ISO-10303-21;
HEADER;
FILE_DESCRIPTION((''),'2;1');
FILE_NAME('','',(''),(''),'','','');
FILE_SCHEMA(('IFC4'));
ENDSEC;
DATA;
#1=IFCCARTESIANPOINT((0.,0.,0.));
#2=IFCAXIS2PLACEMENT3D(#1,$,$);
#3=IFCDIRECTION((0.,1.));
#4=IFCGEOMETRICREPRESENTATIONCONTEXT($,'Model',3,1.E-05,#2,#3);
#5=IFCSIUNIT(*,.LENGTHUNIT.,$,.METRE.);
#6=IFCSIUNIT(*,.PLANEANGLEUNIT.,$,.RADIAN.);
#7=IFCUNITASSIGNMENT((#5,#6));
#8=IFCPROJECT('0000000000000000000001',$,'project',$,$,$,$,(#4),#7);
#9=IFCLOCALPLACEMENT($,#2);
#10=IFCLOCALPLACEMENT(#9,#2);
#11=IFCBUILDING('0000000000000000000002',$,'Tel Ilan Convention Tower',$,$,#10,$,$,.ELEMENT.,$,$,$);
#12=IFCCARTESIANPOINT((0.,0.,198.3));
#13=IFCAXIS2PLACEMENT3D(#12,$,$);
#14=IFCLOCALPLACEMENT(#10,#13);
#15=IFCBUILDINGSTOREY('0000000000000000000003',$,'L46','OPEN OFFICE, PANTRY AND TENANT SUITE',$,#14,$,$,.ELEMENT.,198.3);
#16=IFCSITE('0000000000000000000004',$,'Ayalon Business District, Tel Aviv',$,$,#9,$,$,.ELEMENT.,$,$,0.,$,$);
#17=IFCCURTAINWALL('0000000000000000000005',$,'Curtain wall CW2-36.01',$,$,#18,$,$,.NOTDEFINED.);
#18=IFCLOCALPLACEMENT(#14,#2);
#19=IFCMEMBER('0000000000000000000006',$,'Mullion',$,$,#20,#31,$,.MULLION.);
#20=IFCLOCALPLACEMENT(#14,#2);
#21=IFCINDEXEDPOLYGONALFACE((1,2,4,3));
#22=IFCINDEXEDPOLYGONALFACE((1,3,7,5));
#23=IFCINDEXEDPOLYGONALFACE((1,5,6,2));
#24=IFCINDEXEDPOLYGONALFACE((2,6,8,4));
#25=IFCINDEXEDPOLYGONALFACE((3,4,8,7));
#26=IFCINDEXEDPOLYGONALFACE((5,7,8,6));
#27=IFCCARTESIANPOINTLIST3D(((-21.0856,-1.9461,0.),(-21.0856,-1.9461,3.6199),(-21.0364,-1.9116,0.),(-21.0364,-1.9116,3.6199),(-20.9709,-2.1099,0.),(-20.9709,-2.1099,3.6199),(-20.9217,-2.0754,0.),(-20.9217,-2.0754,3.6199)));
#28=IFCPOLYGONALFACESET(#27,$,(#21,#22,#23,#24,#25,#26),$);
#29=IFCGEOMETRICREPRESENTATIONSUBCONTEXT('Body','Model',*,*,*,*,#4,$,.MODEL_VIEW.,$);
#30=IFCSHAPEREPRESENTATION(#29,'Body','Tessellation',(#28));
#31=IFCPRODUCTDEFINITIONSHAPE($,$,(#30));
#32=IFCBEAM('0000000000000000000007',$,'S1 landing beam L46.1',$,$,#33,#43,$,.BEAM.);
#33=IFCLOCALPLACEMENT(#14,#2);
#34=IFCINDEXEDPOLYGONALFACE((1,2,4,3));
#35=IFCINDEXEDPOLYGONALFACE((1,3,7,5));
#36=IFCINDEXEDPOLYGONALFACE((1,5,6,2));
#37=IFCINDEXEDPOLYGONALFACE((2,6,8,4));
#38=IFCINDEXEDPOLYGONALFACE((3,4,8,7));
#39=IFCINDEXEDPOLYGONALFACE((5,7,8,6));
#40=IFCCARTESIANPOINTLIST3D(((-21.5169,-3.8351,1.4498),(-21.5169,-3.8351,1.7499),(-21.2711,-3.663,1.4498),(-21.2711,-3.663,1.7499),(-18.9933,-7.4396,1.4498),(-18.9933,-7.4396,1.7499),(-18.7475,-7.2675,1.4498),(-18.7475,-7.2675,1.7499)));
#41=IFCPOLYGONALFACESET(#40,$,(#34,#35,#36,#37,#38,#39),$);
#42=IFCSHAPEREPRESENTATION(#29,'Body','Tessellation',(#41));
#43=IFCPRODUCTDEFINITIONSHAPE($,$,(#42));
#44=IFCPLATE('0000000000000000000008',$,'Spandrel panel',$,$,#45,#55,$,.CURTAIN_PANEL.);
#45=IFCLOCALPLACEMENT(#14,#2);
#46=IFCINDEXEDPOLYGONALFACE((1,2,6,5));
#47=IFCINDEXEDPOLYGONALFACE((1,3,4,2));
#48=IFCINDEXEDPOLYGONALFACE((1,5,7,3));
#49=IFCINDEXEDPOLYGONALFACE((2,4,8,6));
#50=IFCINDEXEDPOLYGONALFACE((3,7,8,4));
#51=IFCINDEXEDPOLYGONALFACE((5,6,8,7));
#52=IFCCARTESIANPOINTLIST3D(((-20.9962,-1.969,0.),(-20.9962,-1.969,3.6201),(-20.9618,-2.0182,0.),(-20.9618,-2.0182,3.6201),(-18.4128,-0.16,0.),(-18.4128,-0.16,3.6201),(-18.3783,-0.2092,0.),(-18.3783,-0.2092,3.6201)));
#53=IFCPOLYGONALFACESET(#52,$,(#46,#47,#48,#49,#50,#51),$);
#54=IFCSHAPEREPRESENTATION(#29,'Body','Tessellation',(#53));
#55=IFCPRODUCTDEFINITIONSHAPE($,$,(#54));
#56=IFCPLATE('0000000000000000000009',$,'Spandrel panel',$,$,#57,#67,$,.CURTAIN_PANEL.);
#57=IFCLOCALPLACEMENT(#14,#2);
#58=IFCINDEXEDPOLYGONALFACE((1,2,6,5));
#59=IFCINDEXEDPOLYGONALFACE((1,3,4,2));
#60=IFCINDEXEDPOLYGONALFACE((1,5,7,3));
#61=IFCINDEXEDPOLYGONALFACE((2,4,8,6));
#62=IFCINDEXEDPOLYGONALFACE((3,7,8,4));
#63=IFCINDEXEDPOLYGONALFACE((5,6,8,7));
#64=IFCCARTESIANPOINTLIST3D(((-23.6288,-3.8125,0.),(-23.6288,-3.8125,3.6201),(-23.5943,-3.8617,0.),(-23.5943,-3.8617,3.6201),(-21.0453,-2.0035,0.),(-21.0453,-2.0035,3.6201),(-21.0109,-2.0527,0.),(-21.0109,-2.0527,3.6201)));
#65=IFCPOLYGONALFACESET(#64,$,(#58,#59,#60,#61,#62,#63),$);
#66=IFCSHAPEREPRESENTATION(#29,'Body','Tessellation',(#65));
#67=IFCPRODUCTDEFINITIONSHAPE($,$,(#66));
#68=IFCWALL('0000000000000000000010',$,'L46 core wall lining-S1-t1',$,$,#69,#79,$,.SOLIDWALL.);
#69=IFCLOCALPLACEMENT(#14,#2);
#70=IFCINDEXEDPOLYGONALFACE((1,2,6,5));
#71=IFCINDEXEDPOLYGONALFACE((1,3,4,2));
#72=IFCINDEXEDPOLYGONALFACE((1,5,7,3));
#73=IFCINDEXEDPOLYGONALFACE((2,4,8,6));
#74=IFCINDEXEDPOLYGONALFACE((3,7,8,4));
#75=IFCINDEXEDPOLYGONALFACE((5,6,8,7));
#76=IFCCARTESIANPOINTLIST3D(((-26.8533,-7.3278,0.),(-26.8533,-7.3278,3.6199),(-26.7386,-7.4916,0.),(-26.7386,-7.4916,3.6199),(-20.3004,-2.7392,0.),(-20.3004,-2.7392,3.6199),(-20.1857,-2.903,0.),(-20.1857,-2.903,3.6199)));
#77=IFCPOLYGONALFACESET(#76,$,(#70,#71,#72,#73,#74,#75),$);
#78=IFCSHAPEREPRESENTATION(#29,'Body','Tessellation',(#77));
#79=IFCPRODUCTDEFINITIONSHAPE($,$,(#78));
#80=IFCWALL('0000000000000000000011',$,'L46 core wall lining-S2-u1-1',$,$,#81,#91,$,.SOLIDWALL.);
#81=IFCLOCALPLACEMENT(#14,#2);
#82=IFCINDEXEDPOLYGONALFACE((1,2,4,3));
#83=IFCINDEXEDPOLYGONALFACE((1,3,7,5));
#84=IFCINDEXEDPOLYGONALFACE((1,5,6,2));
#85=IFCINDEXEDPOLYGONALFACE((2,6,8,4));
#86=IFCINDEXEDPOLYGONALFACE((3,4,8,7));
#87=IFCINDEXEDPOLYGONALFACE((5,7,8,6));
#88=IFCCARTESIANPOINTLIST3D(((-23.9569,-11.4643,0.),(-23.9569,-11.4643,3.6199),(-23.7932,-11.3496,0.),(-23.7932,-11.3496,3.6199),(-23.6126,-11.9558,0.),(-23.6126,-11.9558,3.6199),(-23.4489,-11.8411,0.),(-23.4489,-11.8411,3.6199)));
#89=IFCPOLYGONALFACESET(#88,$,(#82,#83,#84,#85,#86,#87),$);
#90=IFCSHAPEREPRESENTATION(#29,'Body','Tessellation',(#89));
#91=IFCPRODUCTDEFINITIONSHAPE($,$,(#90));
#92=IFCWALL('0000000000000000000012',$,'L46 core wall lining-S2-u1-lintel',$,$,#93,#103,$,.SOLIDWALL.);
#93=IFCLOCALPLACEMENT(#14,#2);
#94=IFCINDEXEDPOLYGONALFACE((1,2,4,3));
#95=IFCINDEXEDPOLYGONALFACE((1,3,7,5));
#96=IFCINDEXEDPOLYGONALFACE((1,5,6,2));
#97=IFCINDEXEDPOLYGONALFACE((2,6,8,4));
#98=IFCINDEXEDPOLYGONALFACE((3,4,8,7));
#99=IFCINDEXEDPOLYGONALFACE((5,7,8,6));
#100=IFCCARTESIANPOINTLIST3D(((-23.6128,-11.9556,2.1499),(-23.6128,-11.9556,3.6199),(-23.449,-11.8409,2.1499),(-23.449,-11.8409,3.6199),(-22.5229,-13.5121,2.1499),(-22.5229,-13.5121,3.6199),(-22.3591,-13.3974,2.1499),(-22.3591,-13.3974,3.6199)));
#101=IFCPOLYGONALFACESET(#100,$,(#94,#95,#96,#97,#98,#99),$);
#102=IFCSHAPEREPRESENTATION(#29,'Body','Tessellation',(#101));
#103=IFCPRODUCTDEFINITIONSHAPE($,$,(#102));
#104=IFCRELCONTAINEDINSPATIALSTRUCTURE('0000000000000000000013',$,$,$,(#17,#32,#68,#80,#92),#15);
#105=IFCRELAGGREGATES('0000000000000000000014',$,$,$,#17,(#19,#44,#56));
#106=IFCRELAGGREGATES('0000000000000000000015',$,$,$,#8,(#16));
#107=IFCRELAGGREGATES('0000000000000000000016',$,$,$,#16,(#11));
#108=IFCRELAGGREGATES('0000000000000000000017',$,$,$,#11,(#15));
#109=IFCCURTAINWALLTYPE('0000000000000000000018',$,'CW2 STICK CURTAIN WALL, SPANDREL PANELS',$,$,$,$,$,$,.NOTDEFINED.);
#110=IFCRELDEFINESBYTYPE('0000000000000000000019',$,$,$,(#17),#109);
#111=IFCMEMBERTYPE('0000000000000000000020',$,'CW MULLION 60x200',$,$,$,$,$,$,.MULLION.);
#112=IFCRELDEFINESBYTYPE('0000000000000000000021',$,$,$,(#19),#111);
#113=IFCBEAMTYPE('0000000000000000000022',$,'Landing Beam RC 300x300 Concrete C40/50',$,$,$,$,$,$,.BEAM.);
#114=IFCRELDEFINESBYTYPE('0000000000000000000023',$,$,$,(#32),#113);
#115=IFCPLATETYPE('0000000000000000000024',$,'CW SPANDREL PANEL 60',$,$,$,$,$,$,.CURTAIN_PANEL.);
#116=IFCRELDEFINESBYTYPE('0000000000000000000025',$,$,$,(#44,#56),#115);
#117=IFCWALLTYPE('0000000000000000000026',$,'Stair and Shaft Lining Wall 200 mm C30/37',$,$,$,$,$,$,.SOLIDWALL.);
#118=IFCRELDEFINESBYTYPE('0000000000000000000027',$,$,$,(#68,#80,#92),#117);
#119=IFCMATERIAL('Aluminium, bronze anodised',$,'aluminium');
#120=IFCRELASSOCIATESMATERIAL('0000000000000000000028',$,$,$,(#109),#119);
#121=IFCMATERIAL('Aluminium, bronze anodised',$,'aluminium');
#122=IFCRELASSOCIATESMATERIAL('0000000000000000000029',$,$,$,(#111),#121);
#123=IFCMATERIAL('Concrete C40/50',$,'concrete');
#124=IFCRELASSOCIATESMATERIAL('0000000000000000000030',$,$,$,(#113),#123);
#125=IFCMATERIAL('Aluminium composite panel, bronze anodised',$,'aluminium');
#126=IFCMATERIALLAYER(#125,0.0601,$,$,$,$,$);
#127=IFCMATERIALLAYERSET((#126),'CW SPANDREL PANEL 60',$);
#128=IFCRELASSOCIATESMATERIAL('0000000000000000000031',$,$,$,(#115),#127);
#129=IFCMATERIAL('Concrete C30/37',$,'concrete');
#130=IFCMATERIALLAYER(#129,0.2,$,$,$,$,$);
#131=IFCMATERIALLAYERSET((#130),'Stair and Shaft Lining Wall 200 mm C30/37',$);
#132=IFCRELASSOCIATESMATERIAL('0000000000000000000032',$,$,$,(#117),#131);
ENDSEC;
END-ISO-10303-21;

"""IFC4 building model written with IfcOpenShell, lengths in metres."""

from ifc_helpers import new_model, si_unit, direction, frame, frame_2d, origin, origin_2d, place, context, subcontext, project, spatial, rectangle, extrude, material, layer, layer_set, material_profile, profile_set, type_object, element, aggregate, save


model = new_model("IFC4")

# Units and contexts
model_context = context("Model", 3, precision=1e-05, world=origin(), true_north=direction((0.0, 1.0)))
body_context = subcontext(model_context, "Body", "Model", "MODEL_VIEW")
ifc_project = project(units=[si_unit("LENGTHUNIT", "METRE"), si_unit("PLANEANGLEUNIT", "RADIAN")], contexts=[model_context])

# Site, building, storey
site_placement = place(None, origin())
site = spatial("IfcSite", under=ifc_project, at=site_placement, Name="Ayalon Business District, Tel Aviv", CompositionType="ELEMENT", RefElevation=0.0)
building_placement = place(site_placement, origin())
building = spatial("IfcBuilding", under=site, at=building_placement, Name="Tel Ilan Convention Tower", CompositionType="ELEMENT")
storey_placement = place(building_placement, frame((0.0, 0.0, 198.3)))
storey = spatial("IfcBuildingStorey", under=building, at=storey_placement, Name="L46", Description="OPEN OFFICE, PANTRY AND TENANT SUITE", CompositionType="ELEMENT", Elevation=198.3)

# Curtain wall, member
ifc_material_1 = material(Name="Aluminium, bronze anodised", Category="aluminium")
curtain_wall_type = type_object("IfcCurtainWallType", Name="CW2 STICK CURTAIN WALL, SPANDREL PANELS", PredefinedType="NOTDEFINED", material=ifc_material_1)
curtain_wall_placement = place(storey_placement, origin())
curtain_wall = element("IfcCurtainWall", 1, at=curtain_wall_placement, inside=storey, type_object=curtain_wall_type, Name="Curtain wall CW2-36.01", PredefinedType="NOTDEFINED")
ifc_material_2 = material(Name="Aluminium, bronze anodised", Category="aluminium")
ifc_material_profile_1 = material_profile(ifc_material_2, rectangle(XDim=0.0601, YDim=0.2, at=origin_2d()), Name="CW MULLION 60x200")
ifc_profile_set_1 = profile_set([ifc_material_profile_1], Name="Aluminium, bronze anodised")
member_type = type_object("IfcMemberType", Name="CW MULLION 60x200", PredefinedType="MULLION", material=ifc_profile_set_1)
member_placement = place(storey_placement, frame((-21.0037, -2.0107, 0.0), z_axis=(0.0, 0.0, 1.0), x_axis=(-0.819152, -0.573576, 0.0)))
member = element("IfcMember", 2, at=member_placement, type_object=member_type, Name="Mullion", PredefinedType="MULLION", context=body_context, shape_type="SweptSolid", body=[
    extrude(rectangle(XDim=0.0601, YDim=0.2, at=origin_2d()), origin(), (0.0, 0.0, 1.0), 3.6199),
])

# Beam
ifc_material_3 = material(Name="Concrete C40/50", Category="concrete")
ifc_material_profile_2 = material_profile(ifc_material_3, rectangle(XDim=0.3, YDim=0.3, at=origin_2d()), Name="RC 300x300")
ifc_profile_set_2 = profile_set([ifc_material_profile_2], Name="Concrete C40/50")
beam_type = type_object("IfcBeamType", Name="Landing Beam RC 300x300 Concrete C40/50", PredefinedType="BEAM", material=ifc_profile_set_2)
beam_placement = place(storey_placement, frame((-18.8704, -7.3535, 1.5999), z_axis=(-0.573544, 0.819175, 0.0), x_axis=(-0.819175, -0.573544, 0.0)))
element("IfcBeam", 3, at=beam_placement, inside=storey, type_object=beam_type, Name="S1 landing beam L46.1", PredefinedType="BEAM", context=body_context, shape_type="SweptSolid", body=[
    extrude(rectangle(XDim=0.3, YDim=0.3, at=origin_2d()), origin(), (0.0, 0.0, 1.0), 4.4001),
])

# Plates
ifc_material_4 = material(Name="Aluminium composite panel, bronze anodised", Category="aluminium")
ifc_layer_1 = layer(ifc_material_4, 0.0601)
ifc_layer_set_1 = layer_set([ifc_layer_1], Name="CW SPANDREL PANEL 60")
plate_type = type_object("IfcPlateType", Name="CW SPANDREL PANEL 60", PredefinedType="CURTAIN_PANEL", material=ifc_layer_set_1)
plate_1_placement = place(storey_placement, frame((-19.6873, -1.0891, 0.0), z_axis=(0.0, 0.0, 1.0), x_axis=(-0.819152, -0.573576, 0.0)))
plate_1 = element("IfcPlate", 4, at=plate_1_placement, type_object=plate_type, Name="Spandrel panel", PredefinedType="CURTAIN_PANEL", context=body_context, shape_type="SweptSolid", body=[
    extrude(rectangle(XDim=3.1538, YDim=0.0601, at=origin_2d()), origin(), (0.0, 0.0, 1.0), 3.6201),
])
plate_2_placement = place(storey_placement, frame((-22.3198, -2.9326, 0.0), z_axis=(0.0, 0.0, 1.0), x_axis=(-0.819152, -0.573576, 0.0)))
plate_2 = element("IfcPlate", 5, at=plate_2_placement, type_object=plate_type, Name="Spandrel panel", PredefinedType="CURTAIN_PANEL", context=body_context, shape_type="SweptSolid", body=[
    extrude(rectangle(XDim=3.1538, YDim=0.0601, at=origin_2d()), origin(), (0.0, 0.0, 1.0), 3.6201),
])
aggregate(curtain_wall, [member, plate_1, plate_2])

# Walls
ifc_material_5 = material(Name="Concrete C30/37", Category="concrete")
ifc_layer_2 = layer(ifc_material_5, 0.2)
ifc_layer_set_2 = layer_set([ifc_layer_2], Name="Stair and Shaft Lining Wall 200 mm C30/37")
wall_type = type_object("IfcWallType", Name="Stair and Shaft Lining Wall 200 mm C30/37", PredefinedType="SOLIDWALL", material=ifc_layer_set_2)
wall_1_placement = place(storey_placement, frame((-20.2429, -2.821, 0.0), z_axis=(0.0, 0.0, 1.0), x_axis=(-0.819142, -0.573591, 0.0)))
element("IfcWall", 6, at=wall_1_placement, inside=storey, type_object=wall_type, Name="L46 core wall lining-S1-t1", PredefinedType="SOLIDWALL", context=body_context, shape_type="SweptSolid", body=[
    extrude(rectangle(XDim=7.9998, YDim=0.2, at=frame_2d((4.0, 0.0))), origin(), (0.0, 0.0, 1.0), 3.6199),
])
wall_2_placement = place(storey_placement, frame((-23.5308, -11.8984, 0.0), z_axis=(0.0, 0.0, 1.0), x_axis=(-0.573708, 0.81906, 0.0)))
element("IfcWall", 7, at=wall_2_placement, inside=storey, type_object=wall_type, Name="L46 core wall lining-S2-u1-1", PredefinedType="SOLIDWALL", context=body_context, shape_type="SweptSolid", body=[
    extrude(rectangle(XDim=0.6001, YDim=0.2, at=frame_2d((0.3, 0.0))), origin(), (0.0, 0.0, 1.0), 3.6199),
])
wall_3_placement = place(storey_placement, frame((-22.4409, -13.4548, 2.1499), z_axis=(0.0, 0.0, 1.0), x_axis=(-0.573592, 0.819141, 0.0)))
element("IfcWall", 8, at=wall_3_placement, inside=storey, type_object=wall_type, Name="L46 core wall lining-S2-u1-lintel", PredefinedType="SOLIDWALL", context=body_context, shape_type="SweptSolid", body=[
    extrude(rectangle(XDim=1.9001, YDim=0.2, at=frame_2d((0.9502, 0.0))), origin(), (0.0, 0.0, 1.0), 1.47),
])

save(model, "model.ifc")
